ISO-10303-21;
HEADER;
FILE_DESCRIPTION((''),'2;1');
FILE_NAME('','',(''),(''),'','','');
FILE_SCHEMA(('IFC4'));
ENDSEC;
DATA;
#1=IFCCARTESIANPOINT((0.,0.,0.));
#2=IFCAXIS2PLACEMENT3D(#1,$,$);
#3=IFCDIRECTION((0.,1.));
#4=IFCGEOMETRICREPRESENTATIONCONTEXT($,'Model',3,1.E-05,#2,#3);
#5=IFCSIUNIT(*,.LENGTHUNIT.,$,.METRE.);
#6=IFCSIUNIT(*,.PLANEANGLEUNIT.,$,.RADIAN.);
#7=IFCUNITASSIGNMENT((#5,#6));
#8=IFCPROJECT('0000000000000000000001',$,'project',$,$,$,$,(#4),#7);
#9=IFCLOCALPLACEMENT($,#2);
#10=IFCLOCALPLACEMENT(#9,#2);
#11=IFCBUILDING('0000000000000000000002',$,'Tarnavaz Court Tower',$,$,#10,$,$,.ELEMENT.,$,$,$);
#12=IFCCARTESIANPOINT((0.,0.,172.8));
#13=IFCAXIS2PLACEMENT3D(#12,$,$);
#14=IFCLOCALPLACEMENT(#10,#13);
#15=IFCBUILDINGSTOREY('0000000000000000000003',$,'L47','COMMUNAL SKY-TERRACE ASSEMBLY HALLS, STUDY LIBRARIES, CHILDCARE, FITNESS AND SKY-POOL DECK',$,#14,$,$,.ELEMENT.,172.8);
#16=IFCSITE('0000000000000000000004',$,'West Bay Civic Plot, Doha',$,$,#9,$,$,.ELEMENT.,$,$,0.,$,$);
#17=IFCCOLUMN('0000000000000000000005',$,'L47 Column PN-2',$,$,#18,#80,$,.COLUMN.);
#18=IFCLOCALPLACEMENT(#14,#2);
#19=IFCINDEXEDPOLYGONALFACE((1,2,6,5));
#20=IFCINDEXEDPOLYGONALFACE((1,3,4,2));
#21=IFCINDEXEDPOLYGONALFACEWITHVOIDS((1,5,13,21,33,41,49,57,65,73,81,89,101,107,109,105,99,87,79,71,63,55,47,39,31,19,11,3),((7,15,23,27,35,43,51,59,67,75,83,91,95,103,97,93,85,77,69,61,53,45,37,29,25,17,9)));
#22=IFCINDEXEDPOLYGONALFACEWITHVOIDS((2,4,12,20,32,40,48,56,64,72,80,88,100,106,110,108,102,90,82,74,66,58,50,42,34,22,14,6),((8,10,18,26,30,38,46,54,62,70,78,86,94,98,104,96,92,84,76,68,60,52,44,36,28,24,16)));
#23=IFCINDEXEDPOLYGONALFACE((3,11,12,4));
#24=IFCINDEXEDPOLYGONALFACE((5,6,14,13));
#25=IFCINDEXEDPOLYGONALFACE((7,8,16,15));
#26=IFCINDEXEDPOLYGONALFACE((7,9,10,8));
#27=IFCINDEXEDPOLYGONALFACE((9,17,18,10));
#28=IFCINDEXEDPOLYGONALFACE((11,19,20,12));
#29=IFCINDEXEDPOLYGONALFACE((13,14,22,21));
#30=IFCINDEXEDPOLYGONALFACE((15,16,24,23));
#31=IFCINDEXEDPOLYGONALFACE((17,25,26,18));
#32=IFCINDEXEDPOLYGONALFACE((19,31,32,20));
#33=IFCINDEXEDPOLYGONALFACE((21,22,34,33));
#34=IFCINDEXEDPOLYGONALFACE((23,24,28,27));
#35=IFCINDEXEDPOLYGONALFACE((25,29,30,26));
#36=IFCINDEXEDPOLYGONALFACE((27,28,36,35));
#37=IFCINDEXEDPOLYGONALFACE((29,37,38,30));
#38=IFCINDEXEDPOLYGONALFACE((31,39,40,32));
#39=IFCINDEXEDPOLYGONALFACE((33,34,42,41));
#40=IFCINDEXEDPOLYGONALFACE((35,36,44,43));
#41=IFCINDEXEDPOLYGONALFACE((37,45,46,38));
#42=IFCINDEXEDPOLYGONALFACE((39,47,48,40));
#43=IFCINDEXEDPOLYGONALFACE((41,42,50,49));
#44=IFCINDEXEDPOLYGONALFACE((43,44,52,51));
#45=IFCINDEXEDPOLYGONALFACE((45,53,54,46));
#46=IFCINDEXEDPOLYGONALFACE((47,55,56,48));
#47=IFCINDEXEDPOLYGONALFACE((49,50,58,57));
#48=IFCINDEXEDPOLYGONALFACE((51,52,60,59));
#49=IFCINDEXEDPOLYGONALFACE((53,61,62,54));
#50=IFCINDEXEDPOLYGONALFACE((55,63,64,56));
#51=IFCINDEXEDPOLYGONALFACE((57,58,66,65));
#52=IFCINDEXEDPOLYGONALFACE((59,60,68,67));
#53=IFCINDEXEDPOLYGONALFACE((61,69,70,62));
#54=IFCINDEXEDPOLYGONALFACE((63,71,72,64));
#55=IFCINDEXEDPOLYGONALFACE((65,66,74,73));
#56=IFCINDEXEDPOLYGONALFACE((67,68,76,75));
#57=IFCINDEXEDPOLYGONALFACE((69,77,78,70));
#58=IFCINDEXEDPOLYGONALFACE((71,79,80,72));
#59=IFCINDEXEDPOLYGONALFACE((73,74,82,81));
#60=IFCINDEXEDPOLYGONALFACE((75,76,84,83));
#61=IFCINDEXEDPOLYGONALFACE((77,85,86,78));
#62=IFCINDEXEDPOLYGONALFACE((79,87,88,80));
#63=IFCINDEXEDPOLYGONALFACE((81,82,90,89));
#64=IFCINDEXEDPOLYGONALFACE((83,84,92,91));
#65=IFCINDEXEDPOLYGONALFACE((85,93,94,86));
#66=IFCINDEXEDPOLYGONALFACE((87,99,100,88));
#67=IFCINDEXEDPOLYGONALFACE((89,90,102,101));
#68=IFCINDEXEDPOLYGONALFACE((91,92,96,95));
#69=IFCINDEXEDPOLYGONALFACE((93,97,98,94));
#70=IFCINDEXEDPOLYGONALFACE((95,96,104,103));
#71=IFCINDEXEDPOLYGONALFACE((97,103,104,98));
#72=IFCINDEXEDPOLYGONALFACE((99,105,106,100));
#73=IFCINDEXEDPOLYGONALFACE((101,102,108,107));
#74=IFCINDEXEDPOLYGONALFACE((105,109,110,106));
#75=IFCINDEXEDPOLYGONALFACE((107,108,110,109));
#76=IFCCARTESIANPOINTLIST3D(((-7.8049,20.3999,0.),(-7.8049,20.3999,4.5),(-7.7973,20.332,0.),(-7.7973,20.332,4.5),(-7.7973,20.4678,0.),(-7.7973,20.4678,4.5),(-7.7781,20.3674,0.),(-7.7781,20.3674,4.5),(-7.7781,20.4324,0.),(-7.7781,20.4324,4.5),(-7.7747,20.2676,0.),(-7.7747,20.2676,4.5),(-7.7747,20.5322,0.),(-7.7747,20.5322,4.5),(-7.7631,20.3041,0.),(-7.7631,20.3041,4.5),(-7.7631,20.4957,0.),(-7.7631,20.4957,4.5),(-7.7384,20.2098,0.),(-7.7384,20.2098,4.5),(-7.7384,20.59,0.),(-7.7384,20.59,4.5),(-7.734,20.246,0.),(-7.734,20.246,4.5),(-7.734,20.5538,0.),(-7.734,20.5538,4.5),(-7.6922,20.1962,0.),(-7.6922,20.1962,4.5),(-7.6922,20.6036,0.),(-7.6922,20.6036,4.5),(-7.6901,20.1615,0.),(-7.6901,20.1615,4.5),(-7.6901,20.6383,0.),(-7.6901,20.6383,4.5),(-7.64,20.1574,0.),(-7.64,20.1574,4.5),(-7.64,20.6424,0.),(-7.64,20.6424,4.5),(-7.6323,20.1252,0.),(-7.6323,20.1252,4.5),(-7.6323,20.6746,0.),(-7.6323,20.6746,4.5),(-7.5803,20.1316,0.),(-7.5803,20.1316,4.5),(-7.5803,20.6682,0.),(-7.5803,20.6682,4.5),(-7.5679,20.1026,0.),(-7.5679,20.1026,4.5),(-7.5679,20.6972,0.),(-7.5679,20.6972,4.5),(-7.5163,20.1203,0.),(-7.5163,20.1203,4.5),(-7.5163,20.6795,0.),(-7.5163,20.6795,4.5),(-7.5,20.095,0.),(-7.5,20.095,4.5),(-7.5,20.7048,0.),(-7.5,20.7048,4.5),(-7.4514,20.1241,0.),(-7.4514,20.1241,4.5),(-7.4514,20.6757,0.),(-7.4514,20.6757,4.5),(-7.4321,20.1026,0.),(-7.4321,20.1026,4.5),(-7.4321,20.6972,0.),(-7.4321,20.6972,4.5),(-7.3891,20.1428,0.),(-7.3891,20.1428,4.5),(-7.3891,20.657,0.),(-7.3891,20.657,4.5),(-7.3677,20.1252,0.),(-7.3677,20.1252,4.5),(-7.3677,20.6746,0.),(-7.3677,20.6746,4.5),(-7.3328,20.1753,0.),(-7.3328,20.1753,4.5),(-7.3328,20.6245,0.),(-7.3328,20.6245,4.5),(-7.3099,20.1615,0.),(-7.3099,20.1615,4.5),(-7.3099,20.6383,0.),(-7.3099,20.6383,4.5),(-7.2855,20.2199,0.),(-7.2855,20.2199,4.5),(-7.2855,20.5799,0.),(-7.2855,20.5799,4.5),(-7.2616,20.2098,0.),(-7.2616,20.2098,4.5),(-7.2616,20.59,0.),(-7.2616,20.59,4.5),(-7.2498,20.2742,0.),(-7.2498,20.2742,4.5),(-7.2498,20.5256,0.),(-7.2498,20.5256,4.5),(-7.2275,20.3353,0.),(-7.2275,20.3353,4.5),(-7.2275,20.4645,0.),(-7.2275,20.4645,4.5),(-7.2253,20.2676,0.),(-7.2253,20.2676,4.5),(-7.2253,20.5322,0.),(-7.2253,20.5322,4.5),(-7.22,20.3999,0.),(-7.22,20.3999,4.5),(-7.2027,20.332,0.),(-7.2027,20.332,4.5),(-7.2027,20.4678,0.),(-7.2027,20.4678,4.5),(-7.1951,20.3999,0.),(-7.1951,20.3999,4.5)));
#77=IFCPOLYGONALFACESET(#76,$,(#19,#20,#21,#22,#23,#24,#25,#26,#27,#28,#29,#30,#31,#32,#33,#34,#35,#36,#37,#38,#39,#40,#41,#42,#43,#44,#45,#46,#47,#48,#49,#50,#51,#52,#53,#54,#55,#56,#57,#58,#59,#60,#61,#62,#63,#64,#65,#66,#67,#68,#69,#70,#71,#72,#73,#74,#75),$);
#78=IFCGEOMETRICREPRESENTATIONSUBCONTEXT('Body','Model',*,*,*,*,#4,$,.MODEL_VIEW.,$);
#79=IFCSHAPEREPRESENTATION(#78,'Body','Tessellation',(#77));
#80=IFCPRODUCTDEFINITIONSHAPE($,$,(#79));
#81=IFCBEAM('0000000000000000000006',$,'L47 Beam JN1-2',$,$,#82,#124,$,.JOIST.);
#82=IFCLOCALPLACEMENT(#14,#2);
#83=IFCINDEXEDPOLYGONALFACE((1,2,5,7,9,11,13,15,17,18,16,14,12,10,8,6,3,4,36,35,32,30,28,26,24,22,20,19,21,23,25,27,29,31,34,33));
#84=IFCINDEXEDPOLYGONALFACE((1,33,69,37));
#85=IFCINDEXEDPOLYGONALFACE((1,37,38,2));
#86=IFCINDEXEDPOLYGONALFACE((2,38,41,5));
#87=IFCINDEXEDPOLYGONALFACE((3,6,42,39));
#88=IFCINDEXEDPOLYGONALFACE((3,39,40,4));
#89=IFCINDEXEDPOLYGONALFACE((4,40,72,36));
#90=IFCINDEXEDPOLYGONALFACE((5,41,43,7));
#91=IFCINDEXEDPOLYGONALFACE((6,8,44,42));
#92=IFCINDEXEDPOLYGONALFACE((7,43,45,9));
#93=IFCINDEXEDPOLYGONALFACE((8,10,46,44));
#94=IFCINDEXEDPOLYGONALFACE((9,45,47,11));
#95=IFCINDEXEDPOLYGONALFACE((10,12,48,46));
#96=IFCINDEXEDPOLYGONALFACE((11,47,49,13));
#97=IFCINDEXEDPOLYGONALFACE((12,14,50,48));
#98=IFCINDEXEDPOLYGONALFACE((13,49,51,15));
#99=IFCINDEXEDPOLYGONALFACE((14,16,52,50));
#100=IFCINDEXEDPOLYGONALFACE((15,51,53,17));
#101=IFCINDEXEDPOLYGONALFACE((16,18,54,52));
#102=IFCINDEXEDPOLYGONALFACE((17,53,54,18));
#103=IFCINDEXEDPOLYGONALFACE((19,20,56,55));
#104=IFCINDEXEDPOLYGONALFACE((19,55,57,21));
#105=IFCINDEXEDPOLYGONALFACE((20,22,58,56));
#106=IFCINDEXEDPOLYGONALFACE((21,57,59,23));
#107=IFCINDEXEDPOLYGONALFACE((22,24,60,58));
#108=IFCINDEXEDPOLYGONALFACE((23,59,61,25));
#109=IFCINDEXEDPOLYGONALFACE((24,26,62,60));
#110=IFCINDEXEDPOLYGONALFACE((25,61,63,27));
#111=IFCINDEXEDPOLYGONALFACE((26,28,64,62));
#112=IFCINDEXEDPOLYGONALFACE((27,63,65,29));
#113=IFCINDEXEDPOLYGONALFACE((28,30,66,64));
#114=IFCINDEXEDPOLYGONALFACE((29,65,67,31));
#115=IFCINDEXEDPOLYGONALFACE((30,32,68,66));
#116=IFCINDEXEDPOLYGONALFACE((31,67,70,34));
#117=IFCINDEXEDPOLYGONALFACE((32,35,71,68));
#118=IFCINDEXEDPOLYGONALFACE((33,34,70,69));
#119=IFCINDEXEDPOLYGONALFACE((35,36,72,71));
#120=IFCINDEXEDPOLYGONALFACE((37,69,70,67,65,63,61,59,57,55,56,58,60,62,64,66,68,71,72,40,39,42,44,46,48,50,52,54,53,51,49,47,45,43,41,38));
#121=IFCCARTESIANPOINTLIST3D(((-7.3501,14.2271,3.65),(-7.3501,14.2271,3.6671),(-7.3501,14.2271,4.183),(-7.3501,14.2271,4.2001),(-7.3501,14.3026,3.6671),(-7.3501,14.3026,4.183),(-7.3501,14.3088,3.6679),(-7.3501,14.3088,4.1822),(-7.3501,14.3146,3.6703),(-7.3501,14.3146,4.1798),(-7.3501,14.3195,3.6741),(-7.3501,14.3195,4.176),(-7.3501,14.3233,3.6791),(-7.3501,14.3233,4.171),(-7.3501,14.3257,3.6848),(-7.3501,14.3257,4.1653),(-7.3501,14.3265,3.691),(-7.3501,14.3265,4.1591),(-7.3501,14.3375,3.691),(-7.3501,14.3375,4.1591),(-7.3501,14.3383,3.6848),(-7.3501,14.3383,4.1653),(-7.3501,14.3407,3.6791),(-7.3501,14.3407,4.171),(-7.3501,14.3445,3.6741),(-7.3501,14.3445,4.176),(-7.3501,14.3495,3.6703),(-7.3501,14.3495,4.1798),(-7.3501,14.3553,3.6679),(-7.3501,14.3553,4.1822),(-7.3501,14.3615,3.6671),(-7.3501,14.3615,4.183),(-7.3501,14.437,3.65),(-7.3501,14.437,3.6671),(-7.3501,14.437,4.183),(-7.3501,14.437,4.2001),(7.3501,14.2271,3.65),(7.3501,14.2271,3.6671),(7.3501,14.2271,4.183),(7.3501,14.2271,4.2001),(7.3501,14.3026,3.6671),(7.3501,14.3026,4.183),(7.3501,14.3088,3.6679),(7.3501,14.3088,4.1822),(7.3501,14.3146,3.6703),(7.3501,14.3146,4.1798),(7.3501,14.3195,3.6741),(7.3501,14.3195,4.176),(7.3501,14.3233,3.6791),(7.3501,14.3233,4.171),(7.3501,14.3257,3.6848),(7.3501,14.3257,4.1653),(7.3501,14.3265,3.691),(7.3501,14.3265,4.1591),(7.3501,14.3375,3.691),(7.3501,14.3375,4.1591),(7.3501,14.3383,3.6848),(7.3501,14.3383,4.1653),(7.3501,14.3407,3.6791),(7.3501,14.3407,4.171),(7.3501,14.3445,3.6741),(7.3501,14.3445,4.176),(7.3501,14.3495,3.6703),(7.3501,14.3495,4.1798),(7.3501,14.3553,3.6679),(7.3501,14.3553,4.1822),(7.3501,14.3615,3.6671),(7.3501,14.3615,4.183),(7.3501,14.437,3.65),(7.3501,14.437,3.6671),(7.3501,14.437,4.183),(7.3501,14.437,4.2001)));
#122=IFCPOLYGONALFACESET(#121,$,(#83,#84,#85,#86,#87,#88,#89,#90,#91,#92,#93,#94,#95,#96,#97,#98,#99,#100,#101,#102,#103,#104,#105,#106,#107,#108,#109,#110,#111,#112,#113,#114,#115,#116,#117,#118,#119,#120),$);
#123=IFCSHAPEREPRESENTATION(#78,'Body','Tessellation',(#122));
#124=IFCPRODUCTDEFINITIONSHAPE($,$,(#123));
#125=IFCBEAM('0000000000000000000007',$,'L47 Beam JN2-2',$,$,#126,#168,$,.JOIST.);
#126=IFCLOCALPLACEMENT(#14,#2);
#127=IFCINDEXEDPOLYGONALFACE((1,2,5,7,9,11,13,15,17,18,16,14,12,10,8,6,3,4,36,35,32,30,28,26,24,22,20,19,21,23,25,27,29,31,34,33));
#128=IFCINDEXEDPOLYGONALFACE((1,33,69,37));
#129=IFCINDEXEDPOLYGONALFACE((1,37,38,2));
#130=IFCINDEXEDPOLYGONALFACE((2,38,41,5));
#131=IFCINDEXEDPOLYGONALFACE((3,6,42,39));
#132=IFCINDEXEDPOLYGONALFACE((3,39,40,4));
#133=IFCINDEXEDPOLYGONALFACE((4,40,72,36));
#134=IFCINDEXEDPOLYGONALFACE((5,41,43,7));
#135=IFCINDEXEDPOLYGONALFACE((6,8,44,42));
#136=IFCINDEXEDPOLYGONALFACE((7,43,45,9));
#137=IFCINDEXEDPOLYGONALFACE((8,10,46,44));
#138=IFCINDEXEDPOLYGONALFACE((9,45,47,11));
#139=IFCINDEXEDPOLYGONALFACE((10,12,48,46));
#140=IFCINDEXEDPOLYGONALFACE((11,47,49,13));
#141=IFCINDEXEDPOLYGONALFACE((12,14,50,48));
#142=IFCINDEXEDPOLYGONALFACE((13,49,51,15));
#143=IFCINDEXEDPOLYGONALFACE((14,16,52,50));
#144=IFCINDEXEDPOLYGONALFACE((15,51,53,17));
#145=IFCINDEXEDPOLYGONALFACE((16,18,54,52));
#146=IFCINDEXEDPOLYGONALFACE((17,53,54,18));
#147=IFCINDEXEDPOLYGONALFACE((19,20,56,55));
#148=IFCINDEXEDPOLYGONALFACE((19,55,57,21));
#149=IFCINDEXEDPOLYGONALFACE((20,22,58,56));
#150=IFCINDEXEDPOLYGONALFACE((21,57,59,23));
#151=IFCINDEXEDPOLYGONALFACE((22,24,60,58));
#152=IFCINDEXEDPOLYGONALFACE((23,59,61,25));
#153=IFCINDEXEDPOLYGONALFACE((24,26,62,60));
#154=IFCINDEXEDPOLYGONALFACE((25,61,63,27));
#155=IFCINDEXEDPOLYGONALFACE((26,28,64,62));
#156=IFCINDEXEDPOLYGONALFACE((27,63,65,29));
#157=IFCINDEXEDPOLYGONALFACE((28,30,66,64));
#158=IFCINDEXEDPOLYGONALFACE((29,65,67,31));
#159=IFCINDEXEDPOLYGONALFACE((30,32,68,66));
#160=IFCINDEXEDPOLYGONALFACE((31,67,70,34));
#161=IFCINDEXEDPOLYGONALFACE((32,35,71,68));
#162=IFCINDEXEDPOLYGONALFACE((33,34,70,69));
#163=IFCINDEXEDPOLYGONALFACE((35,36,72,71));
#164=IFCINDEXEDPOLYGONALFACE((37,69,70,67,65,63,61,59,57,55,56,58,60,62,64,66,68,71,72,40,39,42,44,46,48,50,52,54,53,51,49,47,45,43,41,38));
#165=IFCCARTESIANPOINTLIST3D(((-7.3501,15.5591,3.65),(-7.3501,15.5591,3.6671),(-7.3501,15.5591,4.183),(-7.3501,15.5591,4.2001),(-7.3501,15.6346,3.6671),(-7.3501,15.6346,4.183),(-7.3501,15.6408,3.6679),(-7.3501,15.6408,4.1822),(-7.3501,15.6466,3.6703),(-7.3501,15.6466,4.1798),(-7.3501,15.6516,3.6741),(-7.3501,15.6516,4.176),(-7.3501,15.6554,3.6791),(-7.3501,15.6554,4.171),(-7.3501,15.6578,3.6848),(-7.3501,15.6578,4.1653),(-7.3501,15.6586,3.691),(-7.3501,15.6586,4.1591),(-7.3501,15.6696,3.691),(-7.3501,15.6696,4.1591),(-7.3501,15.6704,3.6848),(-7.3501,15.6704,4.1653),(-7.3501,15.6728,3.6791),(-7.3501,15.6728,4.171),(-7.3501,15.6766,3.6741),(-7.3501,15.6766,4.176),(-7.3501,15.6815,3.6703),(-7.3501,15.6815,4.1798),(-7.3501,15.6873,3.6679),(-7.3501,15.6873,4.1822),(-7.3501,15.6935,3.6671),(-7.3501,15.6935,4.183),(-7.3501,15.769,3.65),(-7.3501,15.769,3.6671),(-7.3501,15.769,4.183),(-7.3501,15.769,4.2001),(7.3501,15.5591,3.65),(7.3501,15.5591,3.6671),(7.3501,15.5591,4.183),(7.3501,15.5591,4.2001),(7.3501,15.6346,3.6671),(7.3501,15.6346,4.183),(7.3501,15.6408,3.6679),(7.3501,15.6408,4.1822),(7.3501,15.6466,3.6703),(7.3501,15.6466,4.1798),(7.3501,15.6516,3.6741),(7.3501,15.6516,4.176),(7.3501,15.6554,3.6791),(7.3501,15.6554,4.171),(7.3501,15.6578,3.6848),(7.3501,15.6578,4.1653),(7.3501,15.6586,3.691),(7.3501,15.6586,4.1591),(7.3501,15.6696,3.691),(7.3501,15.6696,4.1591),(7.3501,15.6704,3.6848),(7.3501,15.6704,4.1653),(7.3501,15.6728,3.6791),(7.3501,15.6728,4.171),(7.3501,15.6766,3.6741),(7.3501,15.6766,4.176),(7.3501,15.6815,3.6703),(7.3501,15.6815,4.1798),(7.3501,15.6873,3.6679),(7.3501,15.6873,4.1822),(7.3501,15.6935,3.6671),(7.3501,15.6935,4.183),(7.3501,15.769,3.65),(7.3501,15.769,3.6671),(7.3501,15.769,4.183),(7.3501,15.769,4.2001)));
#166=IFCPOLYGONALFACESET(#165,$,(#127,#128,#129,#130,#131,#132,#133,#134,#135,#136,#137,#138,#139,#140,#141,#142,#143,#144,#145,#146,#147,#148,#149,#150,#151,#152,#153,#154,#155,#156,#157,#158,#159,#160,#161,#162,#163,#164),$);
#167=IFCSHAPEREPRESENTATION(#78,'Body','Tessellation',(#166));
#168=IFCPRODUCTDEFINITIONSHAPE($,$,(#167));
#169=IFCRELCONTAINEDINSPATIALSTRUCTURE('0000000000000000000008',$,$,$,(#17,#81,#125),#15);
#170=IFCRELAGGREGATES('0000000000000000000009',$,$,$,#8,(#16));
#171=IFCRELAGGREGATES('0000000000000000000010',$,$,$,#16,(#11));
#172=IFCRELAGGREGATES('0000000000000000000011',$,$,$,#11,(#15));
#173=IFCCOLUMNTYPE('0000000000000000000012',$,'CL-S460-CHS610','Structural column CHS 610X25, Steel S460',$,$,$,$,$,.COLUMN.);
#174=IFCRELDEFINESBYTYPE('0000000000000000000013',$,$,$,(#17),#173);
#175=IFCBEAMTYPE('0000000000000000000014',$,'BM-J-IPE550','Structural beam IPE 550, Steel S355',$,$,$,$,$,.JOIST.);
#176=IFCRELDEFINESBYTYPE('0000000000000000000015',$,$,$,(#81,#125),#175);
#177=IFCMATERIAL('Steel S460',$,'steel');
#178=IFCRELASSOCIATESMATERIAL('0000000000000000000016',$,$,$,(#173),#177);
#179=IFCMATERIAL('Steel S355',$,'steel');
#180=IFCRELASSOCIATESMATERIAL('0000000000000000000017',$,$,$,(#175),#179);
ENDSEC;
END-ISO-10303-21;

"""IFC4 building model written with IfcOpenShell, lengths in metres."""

from ifc_helpers import new_model, si_unit, direction, frame, origin, origin_2d, place, context, subcontext, project, spatial, hollow_circle, i_section, extrude, material, material_profile, profile_set, type_object, element, save


model = new_model("IFC4")

# Units and contexts
model_context = context("Model", 3, precision=1e-05, world=origin(), true_north=direction((0.0, 1.0)))
body_context = subcontext(model_context, "Body", "Model", "MODEL_VIEW")
ifc_project = project(units=[si_unit("LENGTHUNIT", "METRE"), si_unit("PLANEANGLEUNIT", "RADIAN")], contexts=[model_context])

# Site, building, storey
site_placement = place(None, origin())
site = spatial("IfcSite", under=ifc_project, at=site_placement, Name="West Bay Civic Plot, Doha", CompositionType="ELEMENT", RefElevation=0.0)
building_placement = place(site_placement, origin())
building = spatial("IfcBuilding", under=site, at=building_placement, Name="Tarnavaz Court Tower", CompositionType="ELEMENT")
storey_placement = place(building_placement, frame((0.0, 0.0, 172.8)))
storey = spatial("IfcBuildingStorey", under=building, at=storey_placement, Name="L47", Description="COMMUNAL SKY-TERRACE ASSEMBLY HALLS, STUDY LIBRARIES, CHILDCARE, FITNESS AND SKY-POOL DECK", CompositionType="ELEMENT", Elevation=172.8)

# Column
ifc_material_1 = material(Name="Steel S460", Category="steel")
ifc_material_profile_1 = material_profile(ifc_material_1, hollow_circle(Radius=0.3049, WallThickness=0.0249, at=origin_2d()), Name="CHS 610X25")
ifc_profile_set_1 = profile_set([ifc_material_profile_1], Name="Steel S460")
column_type = type_object("IfcColumnType", Name="CL-S460-CHS610", Description="Structural column CHS 610X25, Steel S460", PredefinedType="COLUMN", material=ifc_profile_set_1)
column_placement = place(storey_placement, frame((-7.5, 20.3999, 0.0), z_axis=(0.0, 0.0, 1.0), x_axis=(1.0, 0.0, 0.0)))
element("IfcColumn", 1, at=column_placement, inside=storey, type_object=column_type, Name="L47 Column PN-2", PredefinedType="COLUMN", context=body_context, shape_type="SweptSolid", body=[
    extrude(hollow_circle(Radius=0.3049, WallThickness=0.0249, at=origin_2d()), origin(), (0.0, 0.0, 1.0), 4.5),
])

# Beams
ifc_material_2 = material(Name="Steel S355", Category="steel")
ifc_material_profile_2 = material_profile(ifc_material_2, i_section(OverallWidth=0.21, OverallDepth=0.55, WebThickness=0.011, FlangeThickness=0.0171, FilletRadius=0.0239, at=origin_2d()), Name="IPE 550")
ifc_profile_set_2 = profile_set([ifc_material_profile_2], Name="Steel S355")
beam_type_1 = type_object("IfcBeamType", Name="BM-J-IPE550", Description="Structural beam IPE 550, Steel S355", PredefinedType="JOIST", material=ifc_profile_set_2)
for number, where, z_axis, x_axis, name in (
    (2, (-7.3501, 14.332, 3.925), (1.0, 0.0, 0.0), (0.0, 1.0, 0.0), "L47 Beam JN1-2"),
    (3, (-7.3501, 15.6641, 3.925), (1.0, 0.0, 0.0), (0.0, 1.0, 0.0), "L47 Beam JN2-2"),
):
    element("IfcBeam", number, at=place(storey_placement, frame(where, z_axis=z_axis, x_axis=x_axis)), inside=storey, type_object=beam_type_1, Name=name, PredefinedType="JOIST", context=body_context, shape_type="SweptSolid", body=[
        extrude(i_section(OverallWidth=0.21, OverallDepth=0.55, WebThickness=0.011, FlangeThickness=0.0171, FilletRadius=0.0239, at=origin_2d()), origin(), (0.0, 0.0, 1.0), 14.7002),
    ])

save(model, "model.ifc")
